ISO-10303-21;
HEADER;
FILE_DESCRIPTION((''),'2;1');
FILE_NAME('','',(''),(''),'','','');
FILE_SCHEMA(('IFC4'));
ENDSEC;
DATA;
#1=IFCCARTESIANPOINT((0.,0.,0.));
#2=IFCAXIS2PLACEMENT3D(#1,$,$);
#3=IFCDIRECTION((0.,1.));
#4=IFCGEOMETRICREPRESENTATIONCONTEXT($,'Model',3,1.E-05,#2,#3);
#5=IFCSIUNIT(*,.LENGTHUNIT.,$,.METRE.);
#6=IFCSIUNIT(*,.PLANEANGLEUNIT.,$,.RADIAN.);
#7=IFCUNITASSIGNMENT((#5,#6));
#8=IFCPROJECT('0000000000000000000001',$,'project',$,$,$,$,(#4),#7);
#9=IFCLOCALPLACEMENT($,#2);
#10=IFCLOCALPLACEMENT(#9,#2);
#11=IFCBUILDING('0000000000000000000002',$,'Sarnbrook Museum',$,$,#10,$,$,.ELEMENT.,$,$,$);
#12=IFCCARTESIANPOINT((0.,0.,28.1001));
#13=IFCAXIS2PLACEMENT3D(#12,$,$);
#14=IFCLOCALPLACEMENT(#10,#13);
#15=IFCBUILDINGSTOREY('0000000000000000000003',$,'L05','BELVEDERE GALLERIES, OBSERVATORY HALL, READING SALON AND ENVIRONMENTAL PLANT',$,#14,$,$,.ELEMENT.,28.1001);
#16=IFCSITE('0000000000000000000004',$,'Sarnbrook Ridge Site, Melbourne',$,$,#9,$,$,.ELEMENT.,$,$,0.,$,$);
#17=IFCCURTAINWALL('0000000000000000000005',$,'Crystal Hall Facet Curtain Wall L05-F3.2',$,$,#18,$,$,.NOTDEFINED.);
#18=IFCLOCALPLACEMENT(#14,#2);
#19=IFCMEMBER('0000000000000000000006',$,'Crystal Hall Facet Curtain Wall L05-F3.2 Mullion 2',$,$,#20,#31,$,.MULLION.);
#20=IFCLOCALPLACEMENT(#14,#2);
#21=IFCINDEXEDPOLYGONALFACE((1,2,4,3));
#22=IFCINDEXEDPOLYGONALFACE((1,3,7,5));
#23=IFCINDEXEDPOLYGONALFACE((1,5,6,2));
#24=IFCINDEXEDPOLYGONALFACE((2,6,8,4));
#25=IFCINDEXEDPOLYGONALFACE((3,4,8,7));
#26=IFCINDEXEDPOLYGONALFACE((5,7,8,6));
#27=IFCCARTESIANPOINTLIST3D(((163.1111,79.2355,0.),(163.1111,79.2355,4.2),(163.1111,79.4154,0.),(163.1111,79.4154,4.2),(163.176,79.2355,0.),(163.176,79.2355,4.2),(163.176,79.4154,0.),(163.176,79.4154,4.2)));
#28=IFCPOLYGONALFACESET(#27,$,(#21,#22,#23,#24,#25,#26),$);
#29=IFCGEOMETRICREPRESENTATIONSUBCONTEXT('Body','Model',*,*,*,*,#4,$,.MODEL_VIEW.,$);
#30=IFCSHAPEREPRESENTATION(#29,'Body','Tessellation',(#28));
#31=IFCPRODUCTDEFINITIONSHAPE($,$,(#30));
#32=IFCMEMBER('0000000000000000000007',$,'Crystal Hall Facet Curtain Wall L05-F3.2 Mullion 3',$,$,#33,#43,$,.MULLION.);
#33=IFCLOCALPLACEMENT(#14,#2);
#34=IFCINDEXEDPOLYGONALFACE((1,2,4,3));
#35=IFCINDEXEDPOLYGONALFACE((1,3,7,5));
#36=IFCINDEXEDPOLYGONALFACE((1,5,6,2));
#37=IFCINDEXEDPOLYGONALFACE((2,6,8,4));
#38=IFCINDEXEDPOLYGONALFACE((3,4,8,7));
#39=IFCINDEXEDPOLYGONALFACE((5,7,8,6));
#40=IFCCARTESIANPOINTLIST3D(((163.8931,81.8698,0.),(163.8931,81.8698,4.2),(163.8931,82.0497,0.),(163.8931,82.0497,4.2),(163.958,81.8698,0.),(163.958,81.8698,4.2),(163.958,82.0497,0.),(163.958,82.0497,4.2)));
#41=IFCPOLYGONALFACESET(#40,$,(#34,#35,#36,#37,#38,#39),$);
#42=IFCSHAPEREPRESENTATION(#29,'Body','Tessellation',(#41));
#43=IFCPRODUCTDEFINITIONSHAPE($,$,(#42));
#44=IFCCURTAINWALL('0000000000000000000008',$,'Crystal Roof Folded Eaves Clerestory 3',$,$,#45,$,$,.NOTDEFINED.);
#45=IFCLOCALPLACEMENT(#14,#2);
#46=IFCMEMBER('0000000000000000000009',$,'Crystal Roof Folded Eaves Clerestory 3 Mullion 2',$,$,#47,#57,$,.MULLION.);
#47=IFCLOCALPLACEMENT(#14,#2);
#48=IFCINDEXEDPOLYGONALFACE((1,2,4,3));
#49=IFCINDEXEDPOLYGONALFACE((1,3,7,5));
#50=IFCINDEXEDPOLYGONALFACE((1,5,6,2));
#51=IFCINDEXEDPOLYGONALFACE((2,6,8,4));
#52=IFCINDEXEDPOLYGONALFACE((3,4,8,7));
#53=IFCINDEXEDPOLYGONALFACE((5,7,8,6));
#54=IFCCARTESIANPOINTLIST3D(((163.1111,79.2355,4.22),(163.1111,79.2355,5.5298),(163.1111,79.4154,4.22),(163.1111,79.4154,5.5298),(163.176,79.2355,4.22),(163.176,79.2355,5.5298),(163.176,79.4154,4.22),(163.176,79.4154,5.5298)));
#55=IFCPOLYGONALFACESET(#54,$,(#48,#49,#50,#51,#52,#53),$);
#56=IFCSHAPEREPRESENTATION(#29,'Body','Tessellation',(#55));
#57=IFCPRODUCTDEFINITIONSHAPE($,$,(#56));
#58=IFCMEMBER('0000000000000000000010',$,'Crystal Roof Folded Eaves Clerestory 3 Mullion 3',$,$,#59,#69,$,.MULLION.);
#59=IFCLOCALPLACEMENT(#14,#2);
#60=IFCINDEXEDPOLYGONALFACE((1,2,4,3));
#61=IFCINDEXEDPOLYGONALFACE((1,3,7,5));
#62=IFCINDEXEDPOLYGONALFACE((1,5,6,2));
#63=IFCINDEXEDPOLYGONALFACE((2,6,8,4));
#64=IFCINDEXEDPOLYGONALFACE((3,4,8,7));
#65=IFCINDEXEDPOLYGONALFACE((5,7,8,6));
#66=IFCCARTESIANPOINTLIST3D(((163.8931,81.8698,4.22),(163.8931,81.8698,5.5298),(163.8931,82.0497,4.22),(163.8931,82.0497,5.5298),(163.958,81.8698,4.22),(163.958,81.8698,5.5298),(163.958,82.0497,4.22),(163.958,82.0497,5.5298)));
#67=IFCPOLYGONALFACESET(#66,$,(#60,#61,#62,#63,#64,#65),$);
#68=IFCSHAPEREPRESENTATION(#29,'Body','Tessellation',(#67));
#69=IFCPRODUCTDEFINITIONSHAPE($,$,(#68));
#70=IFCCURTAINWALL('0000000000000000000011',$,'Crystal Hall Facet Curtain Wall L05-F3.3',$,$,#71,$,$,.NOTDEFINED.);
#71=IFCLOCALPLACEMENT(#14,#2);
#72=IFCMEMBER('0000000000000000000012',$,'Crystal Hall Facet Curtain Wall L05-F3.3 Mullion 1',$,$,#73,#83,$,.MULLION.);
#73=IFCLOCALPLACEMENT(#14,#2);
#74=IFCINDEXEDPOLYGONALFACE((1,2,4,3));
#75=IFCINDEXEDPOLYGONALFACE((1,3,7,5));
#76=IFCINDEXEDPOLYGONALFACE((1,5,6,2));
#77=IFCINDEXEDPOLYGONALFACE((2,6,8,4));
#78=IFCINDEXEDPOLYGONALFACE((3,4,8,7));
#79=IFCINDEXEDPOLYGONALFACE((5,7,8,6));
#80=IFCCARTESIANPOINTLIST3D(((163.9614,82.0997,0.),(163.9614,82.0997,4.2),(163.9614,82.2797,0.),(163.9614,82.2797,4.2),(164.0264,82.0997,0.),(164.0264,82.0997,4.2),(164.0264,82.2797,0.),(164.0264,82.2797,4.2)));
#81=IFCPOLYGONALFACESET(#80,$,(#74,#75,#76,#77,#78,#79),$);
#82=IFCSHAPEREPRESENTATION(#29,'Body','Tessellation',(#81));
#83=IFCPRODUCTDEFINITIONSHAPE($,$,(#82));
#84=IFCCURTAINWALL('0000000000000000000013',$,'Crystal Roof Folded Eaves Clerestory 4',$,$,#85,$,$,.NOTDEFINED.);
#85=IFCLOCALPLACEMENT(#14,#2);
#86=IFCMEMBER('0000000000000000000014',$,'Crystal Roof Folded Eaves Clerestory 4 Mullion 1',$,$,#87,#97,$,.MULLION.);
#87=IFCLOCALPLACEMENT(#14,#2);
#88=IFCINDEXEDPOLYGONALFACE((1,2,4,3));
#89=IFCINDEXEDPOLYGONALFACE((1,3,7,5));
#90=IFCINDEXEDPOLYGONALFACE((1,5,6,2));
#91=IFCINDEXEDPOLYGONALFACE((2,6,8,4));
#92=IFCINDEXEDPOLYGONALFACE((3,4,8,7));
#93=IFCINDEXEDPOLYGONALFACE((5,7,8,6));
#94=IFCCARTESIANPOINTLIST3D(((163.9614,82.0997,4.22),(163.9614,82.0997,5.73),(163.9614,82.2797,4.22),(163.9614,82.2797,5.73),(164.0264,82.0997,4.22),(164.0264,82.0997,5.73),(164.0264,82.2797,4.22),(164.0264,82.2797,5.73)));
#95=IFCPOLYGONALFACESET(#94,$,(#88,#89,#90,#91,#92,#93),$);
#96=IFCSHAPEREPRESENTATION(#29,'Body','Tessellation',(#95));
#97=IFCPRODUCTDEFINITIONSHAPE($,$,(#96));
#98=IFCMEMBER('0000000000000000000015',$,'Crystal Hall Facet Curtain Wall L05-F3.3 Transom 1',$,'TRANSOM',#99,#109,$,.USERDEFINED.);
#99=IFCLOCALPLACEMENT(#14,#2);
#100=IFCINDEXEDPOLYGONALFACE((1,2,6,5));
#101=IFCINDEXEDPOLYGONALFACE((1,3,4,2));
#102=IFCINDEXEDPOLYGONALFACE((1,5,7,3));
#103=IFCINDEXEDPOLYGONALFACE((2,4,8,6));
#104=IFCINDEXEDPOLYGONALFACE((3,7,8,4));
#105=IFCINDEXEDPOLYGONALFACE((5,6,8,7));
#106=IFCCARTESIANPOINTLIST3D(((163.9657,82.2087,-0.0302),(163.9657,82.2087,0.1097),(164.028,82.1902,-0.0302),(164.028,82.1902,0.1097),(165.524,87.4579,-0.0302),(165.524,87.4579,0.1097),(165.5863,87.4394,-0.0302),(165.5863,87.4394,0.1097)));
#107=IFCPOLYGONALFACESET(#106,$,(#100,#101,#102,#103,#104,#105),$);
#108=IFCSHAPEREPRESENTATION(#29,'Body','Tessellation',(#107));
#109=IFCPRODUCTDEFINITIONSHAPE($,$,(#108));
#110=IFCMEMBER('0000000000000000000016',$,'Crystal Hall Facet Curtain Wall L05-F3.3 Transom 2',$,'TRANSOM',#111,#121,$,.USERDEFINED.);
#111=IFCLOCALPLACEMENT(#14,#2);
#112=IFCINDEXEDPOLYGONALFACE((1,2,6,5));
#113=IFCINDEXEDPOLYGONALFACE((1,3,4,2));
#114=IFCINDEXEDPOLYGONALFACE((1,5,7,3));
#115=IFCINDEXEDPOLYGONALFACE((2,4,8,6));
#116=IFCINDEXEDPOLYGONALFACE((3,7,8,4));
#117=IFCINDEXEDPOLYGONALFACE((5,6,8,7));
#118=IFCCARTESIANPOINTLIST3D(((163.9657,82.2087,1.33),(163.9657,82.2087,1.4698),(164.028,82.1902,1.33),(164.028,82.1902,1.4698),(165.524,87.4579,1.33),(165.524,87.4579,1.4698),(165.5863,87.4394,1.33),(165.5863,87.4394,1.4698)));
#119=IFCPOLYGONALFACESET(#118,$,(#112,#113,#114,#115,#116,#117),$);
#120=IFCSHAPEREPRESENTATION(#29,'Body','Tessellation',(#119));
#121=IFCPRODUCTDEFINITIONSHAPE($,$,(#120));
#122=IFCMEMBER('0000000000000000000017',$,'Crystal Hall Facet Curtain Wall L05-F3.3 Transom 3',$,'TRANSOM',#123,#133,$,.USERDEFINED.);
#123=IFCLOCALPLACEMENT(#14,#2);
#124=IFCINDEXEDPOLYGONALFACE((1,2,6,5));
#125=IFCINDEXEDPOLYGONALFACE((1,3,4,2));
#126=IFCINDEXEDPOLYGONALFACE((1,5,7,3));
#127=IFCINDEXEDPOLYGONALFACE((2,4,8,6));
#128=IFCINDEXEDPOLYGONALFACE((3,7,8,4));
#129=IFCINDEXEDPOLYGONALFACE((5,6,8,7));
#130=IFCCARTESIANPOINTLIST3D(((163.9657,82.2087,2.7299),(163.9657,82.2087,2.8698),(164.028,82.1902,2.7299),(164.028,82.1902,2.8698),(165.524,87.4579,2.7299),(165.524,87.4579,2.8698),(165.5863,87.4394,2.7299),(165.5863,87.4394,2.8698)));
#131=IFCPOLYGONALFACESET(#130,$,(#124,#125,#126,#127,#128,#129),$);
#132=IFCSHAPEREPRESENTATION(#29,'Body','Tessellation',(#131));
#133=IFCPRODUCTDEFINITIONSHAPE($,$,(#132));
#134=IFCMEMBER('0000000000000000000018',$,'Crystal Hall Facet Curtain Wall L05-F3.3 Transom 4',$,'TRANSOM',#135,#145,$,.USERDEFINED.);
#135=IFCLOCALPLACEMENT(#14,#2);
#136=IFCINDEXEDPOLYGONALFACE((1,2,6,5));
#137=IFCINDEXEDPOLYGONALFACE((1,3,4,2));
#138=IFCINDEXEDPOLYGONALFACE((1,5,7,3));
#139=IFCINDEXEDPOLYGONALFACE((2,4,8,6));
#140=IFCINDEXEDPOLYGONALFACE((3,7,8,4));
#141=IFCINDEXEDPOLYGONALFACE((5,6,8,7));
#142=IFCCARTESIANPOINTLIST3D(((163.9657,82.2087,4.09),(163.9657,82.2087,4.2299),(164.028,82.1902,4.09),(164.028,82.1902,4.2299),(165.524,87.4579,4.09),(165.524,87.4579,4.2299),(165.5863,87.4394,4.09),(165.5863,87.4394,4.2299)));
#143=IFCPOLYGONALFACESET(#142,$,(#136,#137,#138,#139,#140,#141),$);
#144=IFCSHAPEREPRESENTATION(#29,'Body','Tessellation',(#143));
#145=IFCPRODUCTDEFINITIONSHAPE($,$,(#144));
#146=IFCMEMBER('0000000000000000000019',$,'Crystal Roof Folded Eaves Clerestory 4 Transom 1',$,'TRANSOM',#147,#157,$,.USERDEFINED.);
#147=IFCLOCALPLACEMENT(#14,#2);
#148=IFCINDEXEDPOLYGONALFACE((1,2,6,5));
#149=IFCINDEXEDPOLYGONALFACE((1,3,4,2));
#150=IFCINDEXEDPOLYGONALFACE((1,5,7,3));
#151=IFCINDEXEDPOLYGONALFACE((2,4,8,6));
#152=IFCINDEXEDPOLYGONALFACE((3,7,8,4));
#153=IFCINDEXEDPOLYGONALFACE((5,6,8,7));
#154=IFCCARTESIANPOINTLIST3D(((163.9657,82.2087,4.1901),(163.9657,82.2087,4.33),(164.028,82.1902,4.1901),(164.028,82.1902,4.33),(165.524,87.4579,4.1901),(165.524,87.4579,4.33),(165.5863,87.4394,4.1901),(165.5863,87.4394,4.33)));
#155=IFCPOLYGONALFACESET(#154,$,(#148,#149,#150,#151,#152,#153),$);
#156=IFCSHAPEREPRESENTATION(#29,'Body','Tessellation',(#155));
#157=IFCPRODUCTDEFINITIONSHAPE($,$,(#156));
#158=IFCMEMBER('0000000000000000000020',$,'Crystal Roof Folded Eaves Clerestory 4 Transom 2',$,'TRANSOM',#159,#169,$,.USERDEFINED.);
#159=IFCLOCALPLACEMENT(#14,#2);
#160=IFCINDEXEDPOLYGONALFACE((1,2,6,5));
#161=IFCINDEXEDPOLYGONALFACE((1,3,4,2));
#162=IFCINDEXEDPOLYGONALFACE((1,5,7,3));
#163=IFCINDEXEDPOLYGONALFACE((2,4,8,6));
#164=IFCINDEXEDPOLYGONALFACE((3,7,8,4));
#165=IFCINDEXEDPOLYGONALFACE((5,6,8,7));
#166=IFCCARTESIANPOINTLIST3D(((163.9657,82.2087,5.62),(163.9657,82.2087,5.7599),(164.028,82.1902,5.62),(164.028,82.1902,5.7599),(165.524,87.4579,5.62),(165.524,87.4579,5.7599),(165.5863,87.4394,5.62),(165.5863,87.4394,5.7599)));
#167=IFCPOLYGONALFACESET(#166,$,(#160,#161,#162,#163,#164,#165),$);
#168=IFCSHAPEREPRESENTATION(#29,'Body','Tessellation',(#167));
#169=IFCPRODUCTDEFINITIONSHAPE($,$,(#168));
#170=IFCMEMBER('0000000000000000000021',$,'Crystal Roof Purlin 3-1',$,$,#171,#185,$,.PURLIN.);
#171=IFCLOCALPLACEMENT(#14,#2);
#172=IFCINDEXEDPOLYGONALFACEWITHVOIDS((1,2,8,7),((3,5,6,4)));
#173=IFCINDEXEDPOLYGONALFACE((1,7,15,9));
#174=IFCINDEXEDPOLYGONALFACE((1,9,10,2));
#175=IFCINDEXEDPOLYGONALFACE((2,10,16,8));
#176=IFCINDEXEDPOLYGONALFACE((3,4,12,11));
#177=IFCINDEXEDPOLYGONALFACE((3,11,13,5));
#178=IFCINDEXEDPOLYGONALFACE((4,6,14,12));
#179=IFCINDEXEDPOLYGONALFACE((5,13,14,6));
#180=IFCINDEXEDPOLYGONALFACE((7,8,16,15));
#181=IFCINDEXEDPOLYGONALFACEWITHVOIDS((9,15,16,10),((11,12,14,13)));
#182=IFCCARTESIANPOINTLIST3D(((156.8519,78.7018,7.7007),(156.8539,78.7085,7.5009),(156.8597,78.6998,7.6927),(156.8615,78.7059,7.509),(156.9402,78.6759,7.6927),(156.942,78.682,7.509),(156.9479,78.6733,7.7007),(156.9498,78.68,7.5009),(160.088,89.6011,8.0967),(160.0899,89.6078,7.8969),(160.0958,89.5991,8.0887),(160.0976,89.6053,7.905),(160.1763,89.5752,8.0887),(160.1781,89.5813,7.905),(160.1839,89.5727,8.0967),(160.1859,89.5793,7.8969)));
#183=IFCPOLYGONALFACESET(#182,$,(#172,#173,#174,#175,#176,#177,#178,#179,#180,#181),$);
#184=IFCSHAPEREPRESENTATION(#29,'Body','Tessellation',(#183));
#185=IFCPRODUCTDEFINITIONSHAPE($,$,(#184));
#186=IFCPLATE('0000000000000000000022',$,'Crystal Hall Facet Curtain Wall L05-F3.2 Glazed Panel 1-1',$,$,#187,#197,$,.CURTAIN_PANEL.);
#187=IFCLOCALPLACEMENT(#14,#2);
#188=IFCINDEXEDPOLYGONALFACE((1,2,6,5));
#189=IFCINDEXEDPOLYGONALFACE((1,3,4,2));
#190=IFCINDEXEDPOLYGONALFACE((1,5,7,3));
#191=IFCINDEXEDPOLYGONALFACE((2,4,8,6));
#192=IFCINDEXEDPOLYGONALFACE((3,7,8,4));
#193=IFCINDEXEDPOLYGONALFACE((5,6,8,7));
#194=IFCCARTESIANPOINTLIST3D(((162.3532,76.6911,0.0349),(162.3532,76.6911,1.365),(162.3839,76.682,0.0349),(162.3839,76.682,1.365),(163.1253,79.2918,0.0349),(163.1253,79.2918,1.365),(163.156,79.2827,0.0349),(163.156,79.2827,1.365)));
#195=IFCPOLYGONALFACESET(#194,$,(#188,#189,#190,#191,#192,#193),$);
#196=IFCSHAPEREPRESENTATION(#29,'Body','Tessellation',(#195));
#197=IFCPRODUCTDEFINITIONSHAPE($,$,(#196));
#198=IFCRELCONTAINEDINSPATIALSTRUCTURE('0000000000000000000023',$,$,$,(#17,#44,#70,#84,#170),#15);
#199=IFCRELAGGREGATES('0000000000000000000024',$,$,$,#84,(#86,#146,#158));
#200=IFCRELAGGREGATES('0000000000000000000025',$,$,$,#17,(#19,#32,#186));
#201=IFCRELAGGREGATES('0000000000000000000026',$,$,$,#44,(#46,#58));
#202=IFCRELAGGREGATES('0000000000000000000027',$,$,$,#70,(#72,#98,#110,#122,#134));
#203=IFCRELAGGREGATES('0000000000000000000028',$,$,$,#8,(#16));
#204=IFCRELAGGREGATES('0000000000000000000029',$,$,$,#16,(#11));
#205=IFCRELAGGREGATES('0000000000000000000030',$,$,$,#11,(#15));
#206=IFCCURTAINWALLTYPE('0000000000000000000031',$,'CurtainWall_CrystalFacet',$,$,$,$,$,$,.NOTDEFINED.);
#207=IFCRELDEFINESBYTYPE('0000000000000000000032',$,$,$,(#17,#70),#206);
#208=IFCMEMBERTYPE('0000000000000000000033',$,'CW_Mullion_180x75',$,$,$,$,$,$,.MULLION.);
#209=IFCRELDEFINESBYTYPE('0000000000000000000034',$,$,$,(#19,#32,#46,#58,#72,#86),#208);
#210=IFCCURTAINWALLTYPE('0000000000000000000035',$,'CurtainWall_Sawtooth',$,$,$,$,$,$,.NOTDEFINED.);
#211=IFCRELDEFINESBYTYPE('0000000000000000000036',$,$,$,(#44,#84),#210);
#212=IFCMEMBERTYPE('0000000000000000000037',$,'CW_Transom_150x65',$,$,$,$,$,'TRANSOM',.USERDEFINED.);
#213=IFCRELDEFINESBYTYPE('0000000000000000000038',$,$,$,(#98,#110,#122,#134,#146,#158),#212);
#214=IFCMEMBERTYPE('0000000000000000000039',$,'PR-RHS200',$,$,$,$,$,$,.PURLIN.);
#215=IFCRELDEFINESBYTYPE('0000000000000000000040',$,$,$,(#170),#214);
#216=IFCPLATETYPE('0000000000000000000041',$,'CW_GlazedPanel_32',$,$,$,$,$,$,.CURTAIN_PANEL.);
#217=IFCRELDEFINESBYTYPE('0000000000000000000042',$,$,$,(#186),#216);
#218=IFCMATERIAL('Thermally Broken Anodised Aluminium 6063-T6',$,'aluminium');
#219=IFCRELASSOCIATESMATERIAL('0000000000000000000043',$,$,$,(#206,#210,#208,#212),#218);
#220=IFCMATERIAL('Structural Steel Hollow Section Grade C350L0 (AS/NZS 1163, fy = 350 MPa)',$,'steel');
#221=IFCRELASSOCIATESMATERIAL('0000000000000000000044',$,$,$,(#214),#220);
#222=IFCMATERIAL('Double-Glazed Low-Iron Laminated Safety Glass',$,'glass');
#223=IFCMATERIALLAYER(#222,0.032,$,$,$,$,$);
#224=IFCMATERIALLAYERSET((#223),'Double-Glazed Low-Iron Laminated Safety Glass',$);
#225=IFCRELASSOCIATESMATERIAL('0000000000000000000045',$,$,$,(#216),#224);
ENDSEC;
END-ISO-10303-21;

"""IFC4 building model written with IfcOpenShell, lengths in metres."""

from ifc_helpers import new_model, si_unit, direction, frame, origin, origin_2d, place, context, subcontext, project, spatial, rectangle, hollow_rectangle, extrude, material, layer, layer_set, material_profile, profile_set, type_object, element, aggregate, save


model = new_model("IFC4")

# Units and contexts
model_context = context("Model", 3, precision=1e-05, world=origin(), true_north=direction((0.0, 1.0)))
body_context = subcontext(model_context, "Body", "Model", "MODEL_VIEW")
ifc_project = project(units=[si_unit("LENGTHUNIT", "METRE"), si_unit("PLANEANGLEUNIT", "RADIAN")], contexts=[model_context])

# Site, building, storey
site_placement = place(None, origin())
site = spatial("IfcSite", under=ifc_project, at=site_placement, Name="Sarnbrook Ridge Site, Melbourne", CompositionType="ELEMENT", RefElevation=0.0)
building_placement = place(site_placement, origin())
building = spatial("IfcBuilding", under=site, at=building_placement, Name="Sarnbrook Museum", CompositionType="ELEMENT")
storey_placement = place(building_placement, frame((0.0, 0.0, 28.1001)))
storey = spatial("IfcBuildingStorey", under=building, at=storey_placement, Name="L05", Description="BELVEDERE GALLERIES, OBSERVATORY HALL, READING SALON AND ENVIRONMENTAL PLANT", CompositionType="ELEMENT", Elevation=28.1001)

# Curtain walls, members
ifc_material_1 = material(Name="Thermally Broken Anodised Aluminium 6063-T6", Category="aluminium")
curtain_wall_type_1 = type_object("IfcCurtainWallType", Name="CurtainWall_CrystalFacet", PredefinedType="NOTDEFINED", material=ifc_material_1)
curtain_wall_1_placement = place(storey_placement, origin())
curtain_wall_1 = element("IfcCurtainWall", 1, at=curtain_wall_1_placement, inside=storey, type_object=curtain_wall_type_1, Name="Crystal Hall Facet Curtain Wall L05-F3.2", PredefinedType="NOTDEFINED")
ifc_material_profile_1 = material_profile(ifc_material_1, rectangle(XDim=0.0649, YDim=0.1799, at=origin_2d()), Name="ALU MULLION 65x180")
ifc_profile_set_1 = profile_set([ifc_material_profile_1], Name="Thermally Broken Anodised Aluminium 6063-T6")
member_type_1 = type_object("IfcMemberType", Name="CW_Mullion_180x75", PredefinedType="MULLION", material=ifc_profile_set_1)
member_1_placement = place(storey_placement, frame((163.1436, 79.3254, 0.0), z_axis=(0.0, 0.0, 1.0), x_axis=(1.0, 0.0, 0.0)))
member_1 = element("IfcMember", 2, at=member_1_placement, type_object=member_type_1, Name="Crystal Hall Facet Curtain Wall L05-F3.2 Mullion 2", PredefinedType="MULLION", context=body_context, shape_type="SweptSolid", body=[
    extrude(rectangle(XDim=0.0649, YDim=0.1799, at=origin_2d()), origin(), (0.0, 0.0, 1.0), 4.2),
])
member_2_placement = place(storey_placement, frame((163.9255, 81.9597, 0.0), z_axis=(0.0, 0.0, 1.0), x_axis=(1.0, 0.0, 0.0)))
member_2 = element("IfcMember", 3, at=member_2_placement, type_object=member_type_1, Name="Crystal Hall Facet Curtain Wall L05-F3.2 Mullion 3", PredefinedType="MULLION", context=body_context, shape_type="SweptSolid", body=[
    extrude(rectangle(XDim=0.0649, YDim=0.1799, at=origin_2d()), origin(), (0.0, 0.0, 1.0), 4.2),
])
curtain_wall_type_2 = type_object("IfcCurtainWallType", Name="CurtainWall_Sawtooth", PredefinedType="NOTDEFINED", material=ifc_material_1)
curtain_wall_2_placement = place(storey_placement, origin())
curtain_wall_2 = element("IfcCurtainWall", 4, at=curtain_wall_2_placement, inside=storey, type_object=curtain_wall_type_2, Name="Crystal Roof Folded Eaves Clerestory 3", PredefinedType="NOTDEFINED")
member_3_placement = place(storey_placement, frame((163.1436, 79.3254, 4.22), z_axis=(0.0, 0.0, 1.0), x_axis=(1.0, 0.0, 0.0)))
member_3 = element("IfcMember", 5, at=member_3_placement, type_object=member_type_1, Name="Crystal Roof Folded Eaves Clerestory 3 Mullion 2", PredefinedType="MULLION", context=body_context, shape_type="SweptSolid", body=[
    extrude(rectangle(XDim=0.0649, YDim=0.1799, at=origin_2d()), origin(), (0.0, 0.0, 1.0), 1.3098),
])
member_4_placement = place(storey_placement, frame((163.9255, 81.9597, 4.22), z_axis=(0.0, 0.0, 1.0), x_axis=(1.0, 0.0, 0.0)))
member_4 = element("IfcMember", 6, at=member_4_placement, type_object=member_type_1, Name="Crystal Roof Folded Eaves Clerestory 3 Mullion 3", PredefinedType="MULLION", context=body_context, shape_type="SweptSolid", body=[
    extrude(rectangle(XDim=0.0649, YDim=0.1799, at=origin_2d()), origin(), (0.0, 0.0, 1.0), 1.3098),
])

# Curtain walls, members
curtain_wall_3_placement = place(storey_placement, origin())
curtain_wall_3 = element("IfcCurtainWall", 7, at=curtain_wall_3_placement, inside=storey, type_object=curtain_wall_type_1, Name="Crystal Hall Facet Curtain Wall L05-F3.3", PredefinedType="NOTDEFINED")
member_5_placement = place(storey_placement, frame((163.9939, 82.1897, 0.0), z_axis=(0.0, 0.0, 1.0), x_axis=(1.0, 0.0, 0.0)))
member_5 = element("IfcMember", 8, at=member_5_placement, type_object=member_type_1, Name="Crystal Hall Facet Curtain Wall L05-F3.3 Mullion 1", PredefinedType="MULLION", context=body_context, shape_type="SweptSolid", body=[
    extrude(rectangle(XDim=0.0649, YDim=0.1799, at=origin_2d()), origin(), (0.0, 0.0, 1.0), 4.2),
])
curtain_wall_4_placement = place(storey_placement, origin())
curtain_wall_4 = element("IfcCurtainWall", 9, at=curtain_wall_4_placement, inside=storey, type_object=curtain_wall_type_2, Name="Crystal Roof Folded Eaves Clerestory 4", PredefinedType="NOTDEFINED")
member_6_placement = place(storey_placement, frame((163.9939, 82.1897, 4.22), z_axis=(0.0, 0.0, 1.0), x_axis=(1.0, 0.0, 0.0)))
member_6 = element("IfcMember", 10, at=member_6_placement, type_object=member_type_1, Name="Crystal Roof Folded Eaves Clerestory 4 Mullion 1", PredefinedType="MULLION", context=body_context, shape_type="SweptSolid", body=[
    extrude(rectangle(XDim=0.0649, YDim=0.1799, at=origin_2d()), origin(), (0.0, 0.0, 1.0), 1.51),
])

# Members
ifc_material_profile_2 = material_profile(ifc_material_1, rectangle(XDim=0.0649, YDim=0.1399, at=origin_2d()), Name="ALU TRANSOM 65x140")
ifc_profile_set_2 = profile_set([ifc_material_profile_2], Name="Thermally Broken Anodised Aluminium 6063-T6")
member_type_2 = type_object("IfcMemberType", Name="CW_Transom_150x65", ElementType="TRANSOM", PredefinedType="USERDEFINED", material=ifc_profile_set_2)
member_7_placement = place(storey_placement, frame((163.9968, 82.1995, 0.0398), z_axis=(0.284594, 0.958648, 0.0), x_axis=(-0.958648, 0.284594, 0.0)))
member_7 = element("IfcMember", 11, at=member_7_placement, type_object=member_type_2, Name="Crystal Hall Facet Curtain Wall L05-F3.3 Transom 1", ObjectType="TRANSOM", PredefinedType="USERDEFINED", context=body_context, shape_type="SweptSolid", body=[
    extrude(rectangle(XDim=0.0649, YDim=0.1399, at=origin_2d()), origin(), (0.0, 0.0, 1.0), 5.4756),
])
member_8_placement = place(storey_placement, frame((163.9968, 82.1995, 1.3999), z_axis=(0.284594, 0.958648, 0.0), x_axis=(-0.958648, 0.284594, 0.0)))
member_8 = element("IfcMember", 12, at=member_8_placement, type_object=member_type_2, Name="Crystal Hall Facet Curtain Wall L05-F3.3 Transom 2", ObjectType="TRANSOM", PredefinedType="USERDEFINED", context=body_context, shape_type="SweptSolid", body=[
    extrude(rectangle(XDim=0.0649, YDim=0.1399, at=origin_2d()), origin(), (0.0, 0.0, 1.0), 5.4756),
])
member_9_placement = place(storey_placement, frame((163.9968, 82.1995, 2.7998), z_axis=(0.284594, 0.958648, 0.0), x_axis=(-0.958648, 0.284594, 0.0)))
member_9 = element("IfcMember", 13, at=member_9_placement, type_object=member_type_2, Name="Crystal Hall Facet Curtain Wall L05-F3.3 Transom 3", ObjectType="TRANSOM", PredefinedType="USERDEFINED", context=body_context, shape_type="SweptSolid", body=[
    extrude(rectangle(XDim=0.0649, YDim=0.1399, at=origin_2d()), origin(), (0.0, 0.0, 1.0), 5.4756),
])
member_10_placement = place(storey_placement, frame((163.9968, 82.1995, 4.1599), z_axis=(0.284594, 0.958648, 0.0), x_axis=(-0.958648, 0.284594, 0.0)))
member_10 = element("IfcMember", 14, at=member_10_placement, type_object=member_type_2, Name="Crystal Hall Facet Curtain Wall L05-F3.3 Transom 4", ObjectType="TRANSOM", PredefinedType="USERDEFINED", context=body_context, shape_type="SweptSolid", body=[
    extrude(rectangle(XDim=0.0649, YDim=0.1399, at=origin_2d()), origin(), (0.0, 0.0, 1.0), 5.4756),
])
member_11_placement = place(storey_placement, frame((163.9968, 82.1995, 4.26), z_axis=(0.284594, 0.958648, 0.0), x_axis=(-0.958648, 0.284594, 0.0)))
member_11 = element("IfcMember", 15, at=member_11_placement, type_object=member_type_2, Name="Crystal Roof Folded Eaves Clerestory 4 Transom 1", ObjectType="TRANSOM", PredefinedType="USERDEFINED", context=body_context, shape_type="SweptSolid", body=[
    extrude(rectangle(XDim=0.0649, YDim=0.1399, at=origin_2d()), origin(), (0.0, 0.0, 1.0), 5.4756),
])
member_12_placement = place(storey_placement, frame((163.9968, 82.1995, 5.6899), z_axis=(0.284594, 0.958648, 0.0), x_axis=(-0.958648, 0.284594, 0.0)))
member_12 = element("IfcMember", 16, at=member_12_placement, type_object=member_type_2, Name="Crystal Roof Folded Eaves Clerestory 4 Transom 2", ObjectType="TRANSOM", PredefinedType="USERDEFINED", context=body_context, shape_type="SweptSolid", body=[
    extrude(rectangle(XDim=0.0649, YDim=0.1399, at=origin_2d()), origin(), (0.0, 0.0, 1.0), 5.4756),
])
aggregate(curtain_wall_4, [member_6, member_11, member_12])
ifc_material_2 = material(Name="Structural Steel Hollow Section Grade C350L0 (AS/NZS 1163, fy = 350 MPa)", Category="steel")
ifc_material_profile_3 = material_profile(ifc_material_2, hollow_rectangle(XDim=0.1001, YDim=0.2, WallThickness=0.0081, at=origin_2d()), Name="200x100x8.0RHS")
ifc_profile_set_3 = profile_set([ifc_material_profile_3], Name="Structural Steel Hollow Section Grade C350L0 (AS/NZS 1163, fy = 350 MPa)")
member_type_3 = type_object("IfcMemberType", Name="PR-RHS200", PredefinedType="PURLIN", material=ifc_profile_set_3)
member_13_placement = place(storey_placement, frame((156.9009, 78.6909, 7.6008), z_axis=(0.284452, 0.958058, 0.034808), x_axis=(-0.958639, 0.284624, 0.0)))
element("IfcMember", 17, at=member_13_placement, inside=storey, type_object=member_type_3, Name="Crystal Roof Purlin 3-1", PredefinedType="PURLIN", context=body_context, shape_type="SweptSolid", body=[
    extrude(hollow_rectangle(XDim=0.1001, YDim=0.2, WallThickness=0.0081, at=origin_2d()), origin(), (0.0, 0.0, 1.0), 11.3765),
])

# Plate
ifc_material_3 = material(Name="Double-Glazed Low-Iron Laminated Safety Glass", Category="glass")
ifc_layer_1 = layer(ifc_material_3, 0.032)
ifc_layer_set_1 = layer_set([ifc_layer_1], Name="Double-Glazed Low-Iron Laminated Safety Glass")
plate_type_1 = type_object("IfcPlateType", Name="CW_GlazedPanel_32", PredefinedType="CURTAIN_PANEL", material=ifc_layer_set_1)
plate_1_placement = place(storey_placement, frame((162.7393, 77.9915, 0.7), z_axis=(0.958647, -0.284597, 0.0), x_axis=(0.284597, 0.958647, 0.0)))
plate_1 = element("IfcPlate", 18, at=plate_1_placement, type_object=plate_type_1, Name="Crystal Hall Facet Curtain Wall L05-F3.2 Glazed Panel 1-1", PredefinedType="CURTAIN_PANEL", context=body_context, shape_type="SweptSolid", body=[
    extrude(rectangle(XDim=2.7129, YDim=1.3301, at=origin_2d()), origin(), (0.0, 0.0, 1.0), 0.032),
])
aggregate(curtain_wall_1, [member_1, member_2, plate_1])
aggregate(curtain_wall_2, [member_3, member_4])
aggregate(curtain_wall_3, [member_5, member_7, member_8, member_9, member_10])

save(model, "model.ifc")
